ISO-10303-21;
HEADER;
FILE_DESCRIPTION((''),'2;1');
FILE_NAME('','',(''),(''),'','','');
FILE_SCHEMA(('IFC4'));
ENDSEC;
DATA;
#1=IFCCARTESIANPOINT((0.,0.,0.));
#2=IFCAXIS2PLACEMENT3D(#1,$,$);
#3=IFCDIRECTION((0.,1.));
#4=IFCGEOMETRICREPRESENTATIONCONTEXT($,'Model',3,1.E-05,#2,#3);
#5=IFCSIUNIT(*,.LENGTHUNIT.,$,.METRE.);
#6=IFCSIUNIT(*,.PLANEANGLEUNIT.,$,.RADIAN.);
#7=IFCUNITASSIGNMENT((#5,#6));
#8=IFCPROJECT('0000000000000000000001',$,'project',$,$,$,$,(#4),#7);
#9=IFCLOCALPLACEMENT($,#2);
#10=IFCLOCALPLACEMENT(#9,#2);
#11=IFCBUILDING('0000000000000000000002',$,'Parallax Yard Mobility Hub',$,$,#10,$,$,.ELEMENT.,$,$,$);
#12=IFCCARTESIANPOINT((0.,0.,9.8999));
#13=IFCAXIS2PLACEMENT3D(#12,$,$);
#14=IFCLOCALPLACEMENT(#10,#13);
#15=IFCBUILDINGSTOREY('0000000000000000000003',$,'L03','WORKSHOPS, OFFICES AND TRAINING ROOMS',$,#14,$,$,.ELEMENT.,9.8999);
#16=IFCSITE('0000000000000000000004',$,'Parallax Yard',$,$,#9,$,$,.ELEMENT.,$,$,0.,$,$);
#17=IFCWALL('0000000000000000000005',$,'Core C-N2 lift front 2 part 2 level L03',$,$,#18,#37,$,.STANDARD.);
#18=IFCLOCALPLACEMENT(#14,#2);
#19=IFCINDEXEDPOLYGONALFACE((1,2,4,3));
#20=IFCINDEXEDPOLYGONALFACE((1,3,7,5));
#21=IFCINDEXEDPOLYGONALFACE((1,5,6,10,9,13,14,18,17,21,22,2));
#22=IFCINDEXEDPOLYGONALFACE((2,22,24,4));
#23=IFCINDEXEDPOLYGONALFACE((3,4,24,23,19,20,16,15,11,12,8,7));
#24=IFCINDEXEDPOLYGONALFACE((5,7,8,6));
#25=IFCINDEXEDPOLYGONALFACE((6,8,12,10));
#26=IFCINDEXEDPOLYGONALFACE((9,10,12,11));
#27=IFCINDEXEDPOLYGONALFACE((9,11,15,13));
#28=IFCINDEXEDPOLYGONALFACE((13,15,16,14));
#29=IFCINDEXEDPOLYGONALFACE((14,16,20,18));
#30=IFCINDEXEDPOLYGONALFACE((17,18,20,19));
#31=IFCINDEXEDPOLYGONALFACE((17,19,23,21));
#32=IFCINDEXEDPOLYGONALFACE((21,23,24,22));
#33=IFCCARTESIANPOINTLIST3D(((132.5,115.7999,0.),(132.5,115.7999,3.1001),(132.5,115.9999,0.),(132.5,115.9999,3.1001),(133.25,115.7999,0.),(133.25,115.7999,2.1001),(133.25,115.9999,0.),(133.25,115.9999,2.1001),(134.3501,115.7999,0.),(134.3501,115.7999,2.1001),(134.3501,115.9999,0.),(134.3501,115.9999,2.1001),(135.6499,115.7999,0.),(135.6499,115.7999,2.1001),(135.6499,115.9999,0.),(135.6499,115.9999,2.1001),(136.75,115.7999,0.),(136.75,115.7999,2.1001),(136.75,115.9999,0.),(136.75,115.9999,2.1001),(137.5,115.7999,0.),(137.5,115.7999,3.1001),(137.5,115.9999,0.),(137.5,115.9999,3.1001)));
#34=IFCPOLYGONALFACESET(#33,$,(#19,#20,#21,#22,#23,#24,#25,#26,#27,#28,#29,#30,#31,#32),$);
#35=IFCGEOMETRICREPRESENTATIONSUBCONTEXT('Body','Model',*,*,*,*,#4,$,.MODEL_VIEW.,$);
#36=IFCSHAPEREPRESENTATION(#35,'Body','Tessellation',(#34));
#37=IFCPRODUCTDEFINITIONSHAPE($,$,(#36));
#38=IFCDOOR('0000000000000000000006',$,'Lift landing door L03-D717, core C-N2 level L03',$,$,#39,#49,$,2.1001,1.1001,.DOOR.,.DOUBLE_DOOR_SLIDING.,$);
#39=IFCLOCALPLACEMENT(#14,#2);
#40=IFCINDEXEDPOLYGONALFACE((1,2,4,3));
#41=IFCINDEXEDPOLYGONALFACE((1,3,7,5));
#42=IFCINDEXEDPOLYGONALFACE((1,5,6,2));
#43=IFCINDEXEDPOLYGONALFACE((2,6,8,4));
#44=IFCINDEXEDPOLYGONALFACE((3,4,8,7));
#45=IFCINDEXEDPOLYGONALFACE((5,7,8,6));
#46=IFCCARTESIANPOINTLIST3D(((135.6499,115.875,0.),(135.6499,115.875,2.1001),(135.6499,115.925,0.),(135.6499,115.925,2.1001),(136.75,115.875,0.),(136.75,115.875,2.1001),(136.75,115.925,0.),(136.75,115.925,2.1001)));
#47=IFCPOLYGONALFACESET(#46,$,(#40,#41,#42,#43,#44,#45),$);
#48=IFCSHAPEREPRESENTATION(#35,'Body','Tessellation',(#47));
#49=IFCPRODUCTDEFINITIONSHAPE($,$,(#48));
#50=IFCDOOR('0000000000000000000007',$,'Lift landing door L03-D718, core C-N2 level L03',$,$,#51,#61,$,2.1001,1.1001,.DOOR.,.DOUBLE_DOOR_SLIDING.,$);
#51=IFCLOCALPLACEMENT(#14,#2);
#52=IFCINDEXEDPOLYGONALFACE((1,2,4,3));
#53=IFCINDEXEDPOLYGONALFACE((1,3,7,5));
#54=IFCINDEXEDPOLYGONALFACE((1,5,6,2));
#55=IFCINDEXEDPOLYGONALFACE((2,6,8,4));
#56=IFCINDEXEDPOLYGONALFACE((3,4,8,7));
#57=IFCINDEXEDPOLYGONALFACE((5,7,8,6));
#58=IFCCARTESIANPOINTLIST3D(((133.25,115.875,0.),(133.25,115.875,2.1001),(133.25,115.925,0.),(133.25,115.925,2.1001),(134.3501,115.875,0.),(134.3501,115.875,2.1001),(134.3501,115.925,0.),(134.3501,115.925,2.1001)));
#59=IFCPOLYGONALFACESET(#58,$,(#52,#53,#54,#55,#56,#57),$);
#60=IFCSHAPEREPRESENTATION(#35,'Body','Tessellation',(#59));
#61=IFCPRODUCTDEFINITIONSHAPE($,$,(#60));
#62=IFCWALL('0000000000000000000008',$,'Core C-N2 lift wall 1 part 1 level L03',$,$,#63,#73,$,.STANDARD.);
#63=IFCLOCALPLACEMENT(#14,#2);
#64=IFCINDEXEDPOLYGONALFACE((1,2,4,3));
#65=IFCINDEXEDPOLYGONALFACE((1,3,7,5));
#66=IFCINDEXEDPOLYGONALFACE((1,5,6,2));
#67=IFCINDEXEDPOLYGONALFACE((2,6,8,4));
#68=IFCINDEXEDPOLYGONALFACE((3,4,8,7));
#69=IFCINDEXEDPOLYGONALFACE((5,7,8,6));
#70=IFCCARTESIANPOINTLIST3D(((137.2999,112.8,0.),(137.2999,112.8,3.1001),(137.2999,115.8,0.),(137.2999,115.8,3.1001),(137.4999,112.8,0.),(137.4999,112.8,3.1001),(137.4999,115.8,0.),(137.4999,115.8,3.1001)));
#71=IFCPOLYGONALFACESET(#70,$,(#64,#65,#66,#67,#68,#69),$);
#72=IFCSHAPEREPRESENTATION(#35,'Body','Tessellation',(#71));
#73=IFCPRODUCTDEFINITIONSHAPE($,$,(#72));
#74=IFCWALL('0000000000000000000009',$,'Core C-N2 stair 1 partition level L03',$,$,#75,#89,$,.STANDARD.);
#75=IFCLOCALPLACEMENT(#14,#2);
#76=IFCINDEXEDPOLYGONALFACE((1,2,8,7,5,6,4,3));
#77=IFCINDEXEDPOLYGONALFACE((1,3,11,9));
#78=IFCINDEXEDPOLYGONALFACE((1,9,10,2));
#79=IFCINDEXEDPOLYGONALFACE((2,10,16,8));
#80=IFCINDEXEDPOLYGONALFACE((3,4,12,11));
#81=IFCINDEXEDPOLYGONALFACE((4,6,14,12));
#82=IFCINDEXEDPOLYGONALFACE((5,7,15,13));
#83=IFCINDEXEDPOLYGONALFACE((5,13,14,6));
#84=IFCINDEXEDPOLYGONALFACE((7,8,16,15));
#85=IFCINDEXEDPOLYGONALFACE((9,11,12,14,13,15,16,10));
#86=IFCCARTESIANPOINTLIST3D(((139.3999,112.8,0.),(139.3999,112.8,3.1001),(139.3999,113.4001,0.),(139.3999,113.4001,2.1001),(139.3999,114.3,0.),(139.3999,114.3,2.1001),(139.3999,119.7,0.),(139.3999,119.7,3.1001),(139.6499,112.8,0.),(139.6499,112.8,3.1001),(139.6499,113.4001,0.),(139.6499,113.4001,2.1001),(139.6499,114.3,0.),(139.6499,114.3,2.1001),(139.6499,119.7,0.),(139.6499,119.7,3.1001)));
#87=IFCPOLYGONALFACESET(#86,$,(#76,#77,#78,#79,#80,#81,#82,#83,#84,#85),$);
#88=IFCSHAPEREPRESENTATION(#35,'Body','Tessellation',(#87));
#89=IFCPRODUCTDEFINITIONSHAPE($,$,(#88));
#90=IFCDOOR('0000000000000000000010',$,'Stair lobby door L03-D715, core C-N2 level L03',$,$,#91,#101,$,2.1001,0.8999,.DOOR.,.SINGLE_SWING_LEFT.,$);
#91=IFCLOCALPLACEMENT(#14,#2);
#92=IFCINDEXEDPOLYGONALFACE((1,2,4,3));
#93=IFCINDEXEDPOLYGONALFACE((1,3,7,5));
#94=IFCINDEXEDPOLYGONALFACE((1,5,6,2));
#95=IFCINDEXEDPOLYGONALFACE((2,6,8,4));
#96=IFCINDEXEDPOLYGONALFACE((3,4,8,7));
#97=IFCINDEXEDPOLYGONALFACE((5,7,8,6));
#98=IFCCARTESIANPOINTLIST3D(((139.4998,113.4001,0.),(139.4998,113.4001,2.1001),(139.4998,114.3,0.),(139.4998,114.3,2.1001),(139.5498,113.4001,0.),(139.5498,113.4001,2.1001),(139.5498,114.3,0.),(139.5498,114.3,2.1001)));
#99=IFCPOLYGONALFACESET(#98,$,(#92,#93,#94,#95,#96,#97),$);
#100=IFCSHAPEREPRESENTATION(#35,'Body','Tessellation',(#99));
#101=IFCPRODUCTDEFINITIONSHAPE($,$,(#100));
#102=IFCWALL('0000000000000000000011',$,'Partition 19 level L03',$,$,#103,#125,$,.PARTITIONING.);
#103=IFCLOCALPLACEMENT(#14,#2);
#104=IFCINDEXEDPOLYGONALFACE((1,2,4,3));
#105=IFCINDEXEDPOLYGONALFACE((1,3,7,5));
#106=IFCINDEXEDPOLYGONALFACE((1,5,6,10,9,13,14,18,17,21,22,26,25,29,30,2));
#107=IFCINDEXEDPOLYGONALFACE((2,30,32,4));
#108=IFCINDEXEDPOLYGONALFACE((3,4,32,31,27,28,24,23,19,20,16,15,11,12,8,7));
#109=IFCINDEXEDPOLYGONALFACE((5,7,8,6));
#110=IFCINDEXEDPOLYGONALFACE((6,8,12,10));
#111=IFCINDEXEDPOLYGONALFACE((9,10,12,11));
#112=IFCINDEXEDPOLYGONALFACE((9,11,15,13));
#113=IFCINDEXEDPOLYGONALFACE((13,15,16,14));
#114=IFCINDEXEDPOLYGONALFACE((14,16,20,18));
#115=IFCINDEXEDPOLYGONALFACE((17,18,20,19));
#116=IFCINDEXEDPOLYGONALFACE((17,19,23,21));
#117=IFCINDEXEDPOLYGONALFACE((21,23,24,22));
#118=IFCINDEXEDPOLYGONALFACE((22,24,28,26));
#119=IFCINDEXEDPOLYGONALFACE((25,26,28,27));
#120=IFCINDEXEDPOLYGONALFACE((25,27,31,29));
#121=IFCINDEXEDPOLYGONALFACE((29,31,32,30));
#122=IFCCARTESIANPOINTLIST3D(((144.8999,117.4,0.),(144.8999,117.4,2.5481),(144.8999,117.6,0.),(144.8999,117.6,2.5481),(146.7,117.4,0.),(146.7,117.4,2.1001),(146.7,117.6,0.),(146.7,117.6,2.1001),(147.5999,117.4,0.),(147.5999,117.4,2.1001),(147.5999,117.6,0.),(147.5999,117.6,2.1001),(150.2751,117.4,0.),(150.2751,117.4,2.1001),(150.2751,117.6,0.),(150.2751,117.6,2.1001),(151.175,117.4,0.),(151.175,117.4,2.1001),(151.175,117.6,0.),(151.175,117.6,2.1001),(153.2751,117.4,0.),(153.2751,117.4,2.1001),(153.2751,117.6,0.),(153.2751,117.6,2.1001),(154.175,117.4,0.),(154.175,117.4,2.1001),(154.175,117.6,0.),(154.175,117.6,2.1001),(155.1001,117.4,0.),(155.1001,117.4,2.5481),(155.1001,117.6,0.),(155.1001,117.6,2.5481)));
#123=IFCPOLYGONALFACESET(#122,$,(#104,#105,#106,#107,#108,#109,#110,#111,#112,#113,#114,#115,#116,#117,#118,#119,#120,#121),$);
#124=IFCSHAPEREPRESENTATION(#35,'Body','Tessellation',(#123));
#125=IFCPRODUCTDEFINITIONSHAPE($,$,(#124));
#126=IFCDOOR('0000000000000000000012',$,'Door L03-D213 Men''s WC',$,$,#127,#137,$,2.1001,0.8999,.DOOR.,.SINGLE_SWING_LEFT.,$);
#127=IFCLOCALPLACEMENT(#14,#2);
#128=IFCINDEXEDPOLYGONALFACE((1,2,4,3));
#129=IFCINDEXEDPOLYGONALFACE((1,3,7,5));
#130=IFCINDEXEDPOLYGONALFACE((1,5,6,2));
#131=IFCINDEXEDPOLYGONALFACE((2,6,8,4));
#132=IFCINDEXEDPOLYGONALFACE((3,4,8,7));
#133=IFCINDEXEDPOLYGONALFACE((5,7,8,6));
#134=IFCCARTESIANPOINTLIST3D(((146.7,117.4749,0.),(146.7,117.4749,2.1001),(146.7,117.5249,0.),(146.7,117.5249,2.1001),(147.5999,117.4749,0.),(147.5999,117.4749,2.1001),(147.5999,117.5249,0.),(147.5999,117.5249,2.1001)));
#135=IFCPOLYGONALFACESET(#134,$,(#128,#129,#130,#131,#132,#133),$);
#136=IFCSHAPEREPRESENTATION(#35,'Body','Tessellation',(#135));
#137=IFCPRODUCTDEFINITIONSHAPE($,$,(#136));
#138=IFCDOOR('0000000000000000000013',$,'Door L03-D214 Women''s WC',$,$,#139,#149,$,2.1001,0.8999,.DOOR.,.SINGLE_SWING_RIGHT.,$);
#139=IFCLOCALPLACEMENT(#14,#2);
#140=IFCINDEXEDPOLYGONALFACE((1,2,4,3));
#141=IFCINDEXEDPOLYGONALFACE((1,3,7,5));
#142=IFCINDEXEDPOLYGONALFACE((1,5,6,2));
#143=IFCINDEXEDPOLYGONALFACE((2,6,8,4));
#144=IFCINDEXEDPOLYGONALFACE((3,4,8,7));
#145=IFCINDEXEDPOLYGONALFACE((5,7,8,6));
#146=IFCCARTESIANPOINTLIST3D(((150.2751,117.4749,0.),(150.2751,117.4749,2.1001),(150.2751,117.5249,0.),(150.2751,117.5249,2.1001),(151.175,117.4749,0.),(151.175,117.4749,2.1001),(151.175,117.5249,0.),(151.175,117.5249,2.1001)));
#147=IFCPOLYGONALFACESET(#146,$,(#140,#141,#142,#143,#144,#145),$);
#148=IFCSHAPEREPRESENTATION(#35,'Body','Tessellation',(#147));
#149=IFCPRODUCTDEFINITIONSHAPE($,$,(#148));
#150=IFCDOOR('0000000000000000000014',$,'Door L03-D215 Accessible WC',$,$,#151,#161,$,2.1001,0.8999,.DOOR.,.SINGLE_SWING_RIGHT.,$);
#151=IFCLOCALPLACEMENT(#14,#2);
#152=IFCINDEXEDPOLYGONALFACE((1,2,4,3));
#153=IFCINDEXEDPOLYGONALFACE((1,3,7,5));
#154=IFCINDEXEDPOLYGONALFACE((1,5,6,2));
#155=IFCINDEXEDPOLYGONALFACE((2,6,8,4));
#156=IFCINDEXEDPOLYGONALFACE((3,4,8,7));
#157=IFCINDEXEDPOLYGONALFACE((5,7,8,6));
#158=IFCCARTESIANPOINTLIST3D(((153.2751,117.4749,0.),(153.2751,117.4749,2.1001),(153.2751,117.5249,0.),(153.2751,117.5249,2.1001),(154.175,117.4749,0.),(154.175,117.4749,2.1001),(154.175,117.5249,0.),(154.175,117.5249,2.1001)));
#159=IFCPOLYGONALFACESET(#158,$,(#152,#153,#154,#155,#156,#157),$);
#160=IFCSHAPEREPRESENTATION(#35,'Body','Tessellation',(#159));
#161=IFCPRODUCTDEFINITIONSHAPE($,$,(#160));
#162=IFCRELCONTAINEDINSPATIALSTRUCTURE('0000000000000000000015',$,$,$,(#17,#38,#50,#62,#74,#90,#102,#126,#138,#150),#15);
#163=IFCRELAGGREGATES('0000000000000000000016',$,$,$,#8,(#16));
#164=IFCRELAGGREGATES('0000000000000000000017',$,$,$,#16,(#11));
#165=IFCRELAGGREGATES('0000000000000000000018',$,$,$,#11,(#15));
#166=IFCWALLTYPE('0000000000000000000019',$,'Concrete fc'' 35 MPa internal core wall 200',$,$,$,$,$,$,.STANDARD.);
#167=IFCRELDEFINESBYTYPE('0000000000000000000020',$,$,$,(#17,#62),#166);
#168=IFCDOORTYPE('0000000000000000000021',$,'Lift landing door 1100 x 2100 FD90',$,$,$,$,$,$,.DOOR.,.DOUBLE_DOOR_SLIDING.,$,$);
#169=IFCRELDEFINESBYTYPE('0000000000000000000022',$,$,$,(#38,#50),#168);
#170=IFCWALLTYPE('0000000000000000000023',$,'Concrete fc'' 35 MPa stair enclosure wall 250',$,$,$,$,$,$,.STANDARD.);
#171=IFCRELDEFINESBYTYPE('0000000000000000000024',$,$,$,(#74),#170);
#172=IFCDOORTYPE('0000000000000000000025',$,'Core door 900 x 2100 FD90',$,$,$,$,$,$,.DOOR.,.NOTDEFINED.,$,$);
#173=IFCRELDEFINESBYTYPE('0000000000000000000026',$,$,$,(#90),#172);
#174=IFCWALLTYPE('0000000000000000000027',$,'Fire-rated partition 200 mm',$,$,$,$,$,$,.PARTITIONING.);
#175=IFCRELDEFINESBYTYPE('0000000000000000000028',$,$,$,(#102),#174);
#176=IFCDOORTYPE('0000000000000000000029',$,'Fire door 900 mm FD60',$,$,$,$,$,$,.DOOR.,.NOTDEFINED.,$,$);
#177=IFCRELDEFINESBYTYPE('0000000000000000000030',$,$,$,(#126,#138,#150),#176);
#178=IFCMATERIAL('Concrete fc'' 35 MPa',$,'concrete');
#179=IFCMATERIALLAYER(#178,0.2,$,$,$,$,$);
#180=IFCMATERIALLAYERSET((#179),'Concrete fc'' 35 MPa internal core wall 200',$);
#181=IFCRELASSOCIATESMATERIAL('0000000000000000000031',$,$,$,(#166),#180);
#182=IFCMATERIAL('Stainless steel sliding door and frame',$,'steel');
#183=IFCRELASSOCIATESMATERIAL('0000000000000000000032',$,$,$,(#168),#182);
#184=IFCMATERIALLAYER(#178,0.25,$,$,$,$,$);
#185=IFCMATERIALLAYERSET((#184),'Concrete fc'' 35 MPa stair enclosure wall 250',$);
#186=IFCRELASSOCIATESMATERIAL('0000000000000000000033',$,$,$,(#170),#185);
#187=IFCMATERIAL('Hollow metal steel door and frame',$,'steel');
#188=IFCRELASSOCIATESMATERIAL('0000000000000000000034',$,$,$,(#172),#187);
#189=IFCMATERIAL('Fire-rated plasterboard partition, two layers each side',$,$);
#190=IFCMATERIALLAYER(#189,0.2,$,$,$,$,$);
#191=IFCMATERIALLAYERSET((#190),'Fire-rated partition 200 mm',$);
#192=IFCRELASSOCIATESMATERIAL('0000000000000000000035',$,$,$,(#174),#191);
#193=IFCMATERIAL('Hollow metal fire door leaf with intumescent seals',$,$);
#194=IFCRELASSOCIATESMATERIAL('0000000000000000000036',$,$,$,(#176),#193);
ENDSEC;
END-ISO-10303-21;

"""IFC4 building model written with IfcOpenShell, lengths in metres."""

from ifc_helpers import new_model, si_unit, direction, frame, frame_2d, origin, place, context, subcontext, project, spatial, rectangle, extrude, material, layer, layer_set, type_object, element, fill, save


model = new_model("IFC4")

# Units and contexts
model_context = context("Model", 3, precision=1e-05, world=origin(), true_north=direction((0.0, 1.0)))
body_context = subcontext(model_context, "Body", "Model", "MODEL_VIEW")
ifc_project = project(units=[si_unit("LENGTHUNIT", "METRE"), si_unit("PLANEANGLEUNIT", "RADIAN")], contexts=[model_context])

# Site, building, storey
site_placement = place(None, origin())
site = spatial("IfcSite", under=ifc_project, at=site_placement, Name="Parallax Yard", CompositionType="ELEMENT", RefElevation=0.0)
building_placement = place(site_placement, origin())
building = spatial("IfcBuilding", under=site, at=building_placement, Name="Parallax Yard Mobility Hub", CompositionType="ELEMENT")
storey_placement = place(building_placement, frame((0.0, 0.0, 9.8999)))
storey = spatial("IfcBuildingStorey", under=building, at=storey_placement, Name="L03", Description="WORKSHOPS, OFFICES AND TRAINING ROOMS", CompositionType="ELEMENT", Elevation=9.8999)

# Shared definitions
ifc_material_1 = material(Name="Concrete fc' 35 MPa", Category="concrete")

# Wall, openings, doors
ifc_layer_1 = layer(ifc_material_1, 0.2)
ifc_layer_set_1 = layer_set([ifc_layer_1], Name="Concrete fc' 35 MPa internal core wall 200")
wall_type_1 = type_object("IfcWallType", Name="Concrete fc' 35 MPa internal core wall 200", PredefinedType="STANDARD", material=ifc_layer_set_1)
wall_1_placement = place(storey_placement, frame((137.5, 115.8999, 0.0), z_axis=(0.0, 0.0, 1.0), x_axis=(-1.0, 0.0, 0.0)))
wall_1 = element("IfcWall", 1, at=wall_1_placement, inside=storey, type_object=wall_type_1, Name="Core C-N2 lift front 2 part 2 level L03", PredefinedType="STANDARD", context=body_context, shape_type="SweptSolid", body=[
    extrude(rectangle(XDim=5.0, YDim=0.2, at=frame_2d((2.5, 0.0))), origin(), (0.0, 0.0, 1.0), 3.1001),
])
opening_1_placement = place(wall_1_placement, frame((0.75, 0.0, 0.0)))
opening_1 = element("IfcOpeningElement", 2, at=opening_1_placement, cuts=wall_1, PredefinedType="OPENING", context=body_context, shape_type="SweptSolid", body=[
    extrude(rectangle(XDim=1.1001, YDim=2.1001, at=frame_2d((0.55, 1.05))), frame((0.0, 0.1099, 0.0), z_axis=(0.0, -1.0, 0.0), x_axis=(1.0, 0.0, 0.0)), (0.0, 0.0, 1.0), 0.22),
])
opening_2_placement = place(wall_1_placement, frame((3.1499, 0.0, 0.0)))
opening_2 = element("IfcOpeningElement", 3, at=opening_2_placement, cuts=wall_1, PredefinedType="OPENING", context=body_context, shape_type="SweptSolid", body=[
    extrude(rectangle(XDim=1.1001, YDim=2.1001, at=frame_2d((0.55, 1.05))), frame((0.0, 0.1099, 0.0), z_axis=(0.0, -1.0, 0.0), x_axis=(1.0, 0.0, 0.0)), (0.0, 0.0, 1.0), 0.22),
])
ifc_material_2 = material(Name="Stainless steel sliding door and frame", Category="steel")
door_type_1 = type_object("IfcDoorType", Name="Lift landing door 1100 x 2100 FD90", OperationType="DOUBLE_DOOR_SLIDING", PredefinedType="DOOR", material=ifc_material_2)
door_1_placement = place(opening_1_placement, origin())
door_1 = element("IfcDoor", 4, at=door_1_placement, inside=storey, type_object=door_type_1, Name="Lift landing door L03-D717, core C-N2 level L03", OperationType="DOUBLE_DOOR_SLIDING", OverallHeight=2.1001, OverallWidth=1.1001, PredefinedType="DOOR", context=body_context, shape_type="SweptSolid", body=[
    extrude(rectangle(XDim=1.1001, YDim=2.1001, at=frame_2d((0.55, 1.05))), frame((0.0, 0.0249, 0.0), z_axis=(0.0, -1.0, 0.0), x_axis=(1.0, 0.0, 0.0)), (0.0, 0.0, 1.0), 0.05),
])
fill(opening_1, door_1)
door_2_placement = place(opening_2_placement, origin())
door_2 = element("IfcDoor", 5, at=door_2_placement, inside=storey, type_object=door_type_1, Name="Lift landing door L03-D718, core C-N2 level L03", OperationType="DOUBLE_DOOR_SLIDING", OverallHeight=2.1001, OverallWidth=1.1001, PredefinedType="DOOR", context=body_context, shape_type="SweptSolid", body=[
    extrude(rectangle(XDim=1.1001, YDim=2.1001, at=frame_2d((0.55, 1.05))), frame((0.0, 0.0249, 0.0), z_axis=(0.0, -1.0, 0.0), x_axis=(1.0, 0.0, 0.0)), (0.0, 0.0, 1.0), 0.05),
])
fill(opening_2, door_2)

# Wall
wall_2_placement = place(storey_placement, frame((137.3999, 115.8, 0.0), z_axis=(0.0, 0.0, 1.0), x_axis=(0.0, -1.0, 0.0)))
element("IfcWall", 6, at=wall_2_placement, inside=storey, type_object=wall_type_1, Name="Core C-N2 lift wall 1 part 1 level L03", PredefinedType="STANDARD", context=body_context, shape_type="SweptSolid", body=[
    extrude(rectangle(XDim=3.0, YDim=0.2, at=frame_2d((1.5, 0.0))), origin(), (0.0, 0.0, 1.0), 3.1001),
])

# Wall, opening, door
ifc_layer_2 = layer(ifc_material_1, 0.25)
ifc_layer_set_2 = layer_set([ifc_layer_2], Name="Concrete fc' 35 MPa stair enclosure wall 250")
wall_type_2 = type_object("IfcWallType", Name="Concrete fc' 35 MPa stair enclosure wall 250", PredefinedType="STANDARD", material=ifc_layer_set_2)
wall_3_placement = place(storey_placement, frame((139.5249, 119.7, 0.0), z_axis=(0.0, 0.0, 1.0), x_axis=(0.0, -1.0, 0.0)))
wall_3 = element("IfcWall", 7, at=wall_3_placement, inside=storey, type_object=wall_type_2, Name="Core C-N2 stair 1 partition level L03", PredefinedType="STANDARD", context=body_context, shape_type="SweptSolid", body=[
    extrude(rectangle(XDim=6.8999, YDim=0.25, at=frame_2d((3.45, 0.0))), origin(), (0.0, 0.0, 1.0), 3.1001),
])
opening_3_placement = place(wall_3_placement, frame((5.3999, 0.0, 0.0)))
opening_3 = element("IfcOpeningElement", 8, at=opening_3_placement, cuts=wall_3, PredefinedType="OPENING", context=body_context, shape_type="SweptSolid", body=[
    extrude(rectangle(XDim=0.8999, YDim=2.1001, at=frame_2d((0.45, 1.05))), frame((0.0, 0.135, 0.0), z_axis=(0.0, -1.0, 0.0), x_axis=(1.0, 0.0, 0.0)), (0.0, 0.0, 1.0), 0.27),
])
ifc_material_3 = material(Name="Hollow metal steel door and frame", Category="steel")
door_type_2 = type_object("IfcDoorType", Name="Core door 900 x 2100 FD90", OperationType="NOTDEFINED", PredefinedType="DOOR", material=ifc_material_3)
door_3_placement = place(opening_3_placement, origin())
door_3 = element("IfcDoor", 9, at=door_3_placement, inside=storey, type_object=door_type_2, Name="Stair lobby door L03-D715, core C-N2 level L03", OperationType="SINGLE_SWING_LEFT", OverallHeight=2.1001, OverallWidth=0.8999, PredefinedType="DOOR", context=body_context, shape_type="SweptSolid", body=[
    extrude(rectangle(XDim=0.8999, YDim=2.1001, at=frame_2d((0.45, 1.05))), frame((0.0, 0.0249, 0.0), z_axis=(0.0, -1.0, 0.0), x_axis=(1.0, 0.0, 0.0)), (0.0, 0.0, 1.0), 0.05),
])
fill(opening_3, door_3)

# Wall, openings, doors
ifc_material_4 = material(Name="Fire-rated plasterboard partition, two layers each side")
ifc_layer_3 = layer(ifc_material_4, 0.2)
ifc_layer_set_3 = layer_set([ifc_layer_3], Name="Fire-rated partition 200 mm")
wall_type_3 = type_object("IfcWallType", Name="Fire-rated partition 200 mm", PredefinedType="PARTITIONING", material=ifc_layer_set_3)
wall_4_placement = place(storey_placement, frame((144.8999, 117.5, 0.0), z_axis=(0.0, 0.0, 1.0), x_axis=(1.0, 0.0, 0.0)))
wall_4 = element("IfcWall", 10, at=wall_4_placement, inside=storey, type_object=wall_type_3, Name="Partition 19 level L03", PredefinedType="PARTITIONING", context=body_context, shape_type="SweptSolid", body=[
    extrude(rectangle(XDim=10.2002, YDim=0.2, at=frame_2d((5.1001, 0.0))), origin(), (0.0, 0.0, 1.0), 2.5481),
])
opening_4_placement = place(wall_4_placement, frame((1.8, 0.0, 0.0)))
opening_4 = element("IfcOpeningElement", 11, at=opening_4_placement, cuts=wall_4, PredefinedType="OPENING", context=body_context, shape_type="SweptSolid", body=[
    extrude(rectangle(XDim=0.8999, YDim=2.1001, at=frame_2d((0.45, 1.05))), frame((0.0, 0.1099, 0.0), z_axis=(0.0, -1.0, 0.0), x_axis=(1.0, 0.0, 0.0)), (0.0, 0.0, 1.0), 0.22),
])
opening_5_placement = place(wall_4_placement, frame((5.3752, 0.0, 0.0)))
opening_5 = element("IfcOpeningElement", 12, at=opening_5_placement, cuts=wall_4, PredefinedType="OPENING", context=body_context, shape_type="SweptSolid", body=[
    extrude(rectangle(XDim=0.8999, YDim=2.1001, at=frame_2d((0.45, 1.05))), frame((0.0, 0.1099, 0.0), z_axis=(0.0, -1.0, 0.0), x_axis=(1.0, 0.0, 0.0)), (0.0, 0.0, 1.0), 0.22),
])
opening_6_placement = place(wall_4_placement, frame((8.3752, 0.0, 0.0)))
opening_6 = element("IfcOpeningElement", 13, at=opening_6_placement, cuts=wall_4, PredefinedType="OPENING", context=body_context, shape_type="SweptSolid", body=[
    extrude(rectangle(XDim=0.8999, YDim=2.1001, at=frame_2d((0.45, 1.05))), frame((0.0, 0.1099, 0.0), z_axis=(0.0, -1.0, 0.0), x_axis=(1.0, 0.0, 0.0)), (0.0, 0.0, 1.0), 0.22),
])
ifc_material_5 = material(Name="Hollow metal fire door leaf with intumescent seals")
door_type_3 = type_object("IfcDoorType", Name="Fire door 900 mm FD60", OperationType="NOTDEFINED", PredefinedType="DOOR", material=ifc_material_5)
door_4_placement = place(opening_4_placement, origin())
door_4 = element("IfcDoor", 14, at=door_4_placement, inside=storey, type_object=door_type_3, Name="Door L03-D213 Men's WC", OperationType="SINGLE_SWING_LEFT", OverallHeight=2.1001, OverallWidth=0.8999, PredefinedType="DOOR", context=body_context, shape_type="SweptSolid", body=[
    extrude(rectangle(XDim=0.8999, YDim=2.1001, at=frame_2d((0.45, 1.05))), frame((0.0, 0.0249, 0.0), z_axis=(0.0, -1.0, 0.0), x_axis=(1.0, 0.0, 0.0)), (0.0, 0.0, 1.0), 0.05),
])
fill(opening_4, door_4)
door_5_placement = place(opening_5_placement, origin())
door_5 = element("IfcDoor", 15, at=door_5_placement, inside=storey, type_object=door_type_3, Name="Door L03-D214 Women's WC", OperationType="SINGLE_SWING_RIGHT", OverallHeight=2.1001, OverallWidth=0.8999, PredefinedType="DOOR", context=body_context, shape_type="SweptSolid", body=[
    extrude(rectangle(XDim=0.8999, YDim=2.1001, at=frame_2d((0.45, 1.05))), frame((0.0, 0.0249, 0.0), z_axis=(0.0, -1.0, 0.0), x_axis=(1.0, 0.0, 0.0)), (0.0, 0.0, 1.0), 0.05),
])
fill(opening_5, door_5)
door_6_placement = place(opening_6_placement, origin())
door_6 = element("IfcDoor", 16, at=door_6_placement, inside=storey, type_object=door_type_3, Name="Door L03-D215 Accessible WC", OperationType="SINGLE_SWING_RIGHT", OverallHeight=2.1001, OverallWidth=0.8999, PredefinedType="DOOR", context=body_context, shape_type="SweptSolid", body=[
    extrude(rectangle(XDim=0.8999, YDim=2.1001, at=frame_2d((0.45, 1.05))), frame((0.0, 0.0249, 0.0), z_axis=(0.0, -1.0, 0.0), x_axis=(1.0, 0.0, 0.0)), (0.0, 0.0, 1.0), 0.05),
])
fill(opening_6, door_6)

save(model, "model.ifc")
